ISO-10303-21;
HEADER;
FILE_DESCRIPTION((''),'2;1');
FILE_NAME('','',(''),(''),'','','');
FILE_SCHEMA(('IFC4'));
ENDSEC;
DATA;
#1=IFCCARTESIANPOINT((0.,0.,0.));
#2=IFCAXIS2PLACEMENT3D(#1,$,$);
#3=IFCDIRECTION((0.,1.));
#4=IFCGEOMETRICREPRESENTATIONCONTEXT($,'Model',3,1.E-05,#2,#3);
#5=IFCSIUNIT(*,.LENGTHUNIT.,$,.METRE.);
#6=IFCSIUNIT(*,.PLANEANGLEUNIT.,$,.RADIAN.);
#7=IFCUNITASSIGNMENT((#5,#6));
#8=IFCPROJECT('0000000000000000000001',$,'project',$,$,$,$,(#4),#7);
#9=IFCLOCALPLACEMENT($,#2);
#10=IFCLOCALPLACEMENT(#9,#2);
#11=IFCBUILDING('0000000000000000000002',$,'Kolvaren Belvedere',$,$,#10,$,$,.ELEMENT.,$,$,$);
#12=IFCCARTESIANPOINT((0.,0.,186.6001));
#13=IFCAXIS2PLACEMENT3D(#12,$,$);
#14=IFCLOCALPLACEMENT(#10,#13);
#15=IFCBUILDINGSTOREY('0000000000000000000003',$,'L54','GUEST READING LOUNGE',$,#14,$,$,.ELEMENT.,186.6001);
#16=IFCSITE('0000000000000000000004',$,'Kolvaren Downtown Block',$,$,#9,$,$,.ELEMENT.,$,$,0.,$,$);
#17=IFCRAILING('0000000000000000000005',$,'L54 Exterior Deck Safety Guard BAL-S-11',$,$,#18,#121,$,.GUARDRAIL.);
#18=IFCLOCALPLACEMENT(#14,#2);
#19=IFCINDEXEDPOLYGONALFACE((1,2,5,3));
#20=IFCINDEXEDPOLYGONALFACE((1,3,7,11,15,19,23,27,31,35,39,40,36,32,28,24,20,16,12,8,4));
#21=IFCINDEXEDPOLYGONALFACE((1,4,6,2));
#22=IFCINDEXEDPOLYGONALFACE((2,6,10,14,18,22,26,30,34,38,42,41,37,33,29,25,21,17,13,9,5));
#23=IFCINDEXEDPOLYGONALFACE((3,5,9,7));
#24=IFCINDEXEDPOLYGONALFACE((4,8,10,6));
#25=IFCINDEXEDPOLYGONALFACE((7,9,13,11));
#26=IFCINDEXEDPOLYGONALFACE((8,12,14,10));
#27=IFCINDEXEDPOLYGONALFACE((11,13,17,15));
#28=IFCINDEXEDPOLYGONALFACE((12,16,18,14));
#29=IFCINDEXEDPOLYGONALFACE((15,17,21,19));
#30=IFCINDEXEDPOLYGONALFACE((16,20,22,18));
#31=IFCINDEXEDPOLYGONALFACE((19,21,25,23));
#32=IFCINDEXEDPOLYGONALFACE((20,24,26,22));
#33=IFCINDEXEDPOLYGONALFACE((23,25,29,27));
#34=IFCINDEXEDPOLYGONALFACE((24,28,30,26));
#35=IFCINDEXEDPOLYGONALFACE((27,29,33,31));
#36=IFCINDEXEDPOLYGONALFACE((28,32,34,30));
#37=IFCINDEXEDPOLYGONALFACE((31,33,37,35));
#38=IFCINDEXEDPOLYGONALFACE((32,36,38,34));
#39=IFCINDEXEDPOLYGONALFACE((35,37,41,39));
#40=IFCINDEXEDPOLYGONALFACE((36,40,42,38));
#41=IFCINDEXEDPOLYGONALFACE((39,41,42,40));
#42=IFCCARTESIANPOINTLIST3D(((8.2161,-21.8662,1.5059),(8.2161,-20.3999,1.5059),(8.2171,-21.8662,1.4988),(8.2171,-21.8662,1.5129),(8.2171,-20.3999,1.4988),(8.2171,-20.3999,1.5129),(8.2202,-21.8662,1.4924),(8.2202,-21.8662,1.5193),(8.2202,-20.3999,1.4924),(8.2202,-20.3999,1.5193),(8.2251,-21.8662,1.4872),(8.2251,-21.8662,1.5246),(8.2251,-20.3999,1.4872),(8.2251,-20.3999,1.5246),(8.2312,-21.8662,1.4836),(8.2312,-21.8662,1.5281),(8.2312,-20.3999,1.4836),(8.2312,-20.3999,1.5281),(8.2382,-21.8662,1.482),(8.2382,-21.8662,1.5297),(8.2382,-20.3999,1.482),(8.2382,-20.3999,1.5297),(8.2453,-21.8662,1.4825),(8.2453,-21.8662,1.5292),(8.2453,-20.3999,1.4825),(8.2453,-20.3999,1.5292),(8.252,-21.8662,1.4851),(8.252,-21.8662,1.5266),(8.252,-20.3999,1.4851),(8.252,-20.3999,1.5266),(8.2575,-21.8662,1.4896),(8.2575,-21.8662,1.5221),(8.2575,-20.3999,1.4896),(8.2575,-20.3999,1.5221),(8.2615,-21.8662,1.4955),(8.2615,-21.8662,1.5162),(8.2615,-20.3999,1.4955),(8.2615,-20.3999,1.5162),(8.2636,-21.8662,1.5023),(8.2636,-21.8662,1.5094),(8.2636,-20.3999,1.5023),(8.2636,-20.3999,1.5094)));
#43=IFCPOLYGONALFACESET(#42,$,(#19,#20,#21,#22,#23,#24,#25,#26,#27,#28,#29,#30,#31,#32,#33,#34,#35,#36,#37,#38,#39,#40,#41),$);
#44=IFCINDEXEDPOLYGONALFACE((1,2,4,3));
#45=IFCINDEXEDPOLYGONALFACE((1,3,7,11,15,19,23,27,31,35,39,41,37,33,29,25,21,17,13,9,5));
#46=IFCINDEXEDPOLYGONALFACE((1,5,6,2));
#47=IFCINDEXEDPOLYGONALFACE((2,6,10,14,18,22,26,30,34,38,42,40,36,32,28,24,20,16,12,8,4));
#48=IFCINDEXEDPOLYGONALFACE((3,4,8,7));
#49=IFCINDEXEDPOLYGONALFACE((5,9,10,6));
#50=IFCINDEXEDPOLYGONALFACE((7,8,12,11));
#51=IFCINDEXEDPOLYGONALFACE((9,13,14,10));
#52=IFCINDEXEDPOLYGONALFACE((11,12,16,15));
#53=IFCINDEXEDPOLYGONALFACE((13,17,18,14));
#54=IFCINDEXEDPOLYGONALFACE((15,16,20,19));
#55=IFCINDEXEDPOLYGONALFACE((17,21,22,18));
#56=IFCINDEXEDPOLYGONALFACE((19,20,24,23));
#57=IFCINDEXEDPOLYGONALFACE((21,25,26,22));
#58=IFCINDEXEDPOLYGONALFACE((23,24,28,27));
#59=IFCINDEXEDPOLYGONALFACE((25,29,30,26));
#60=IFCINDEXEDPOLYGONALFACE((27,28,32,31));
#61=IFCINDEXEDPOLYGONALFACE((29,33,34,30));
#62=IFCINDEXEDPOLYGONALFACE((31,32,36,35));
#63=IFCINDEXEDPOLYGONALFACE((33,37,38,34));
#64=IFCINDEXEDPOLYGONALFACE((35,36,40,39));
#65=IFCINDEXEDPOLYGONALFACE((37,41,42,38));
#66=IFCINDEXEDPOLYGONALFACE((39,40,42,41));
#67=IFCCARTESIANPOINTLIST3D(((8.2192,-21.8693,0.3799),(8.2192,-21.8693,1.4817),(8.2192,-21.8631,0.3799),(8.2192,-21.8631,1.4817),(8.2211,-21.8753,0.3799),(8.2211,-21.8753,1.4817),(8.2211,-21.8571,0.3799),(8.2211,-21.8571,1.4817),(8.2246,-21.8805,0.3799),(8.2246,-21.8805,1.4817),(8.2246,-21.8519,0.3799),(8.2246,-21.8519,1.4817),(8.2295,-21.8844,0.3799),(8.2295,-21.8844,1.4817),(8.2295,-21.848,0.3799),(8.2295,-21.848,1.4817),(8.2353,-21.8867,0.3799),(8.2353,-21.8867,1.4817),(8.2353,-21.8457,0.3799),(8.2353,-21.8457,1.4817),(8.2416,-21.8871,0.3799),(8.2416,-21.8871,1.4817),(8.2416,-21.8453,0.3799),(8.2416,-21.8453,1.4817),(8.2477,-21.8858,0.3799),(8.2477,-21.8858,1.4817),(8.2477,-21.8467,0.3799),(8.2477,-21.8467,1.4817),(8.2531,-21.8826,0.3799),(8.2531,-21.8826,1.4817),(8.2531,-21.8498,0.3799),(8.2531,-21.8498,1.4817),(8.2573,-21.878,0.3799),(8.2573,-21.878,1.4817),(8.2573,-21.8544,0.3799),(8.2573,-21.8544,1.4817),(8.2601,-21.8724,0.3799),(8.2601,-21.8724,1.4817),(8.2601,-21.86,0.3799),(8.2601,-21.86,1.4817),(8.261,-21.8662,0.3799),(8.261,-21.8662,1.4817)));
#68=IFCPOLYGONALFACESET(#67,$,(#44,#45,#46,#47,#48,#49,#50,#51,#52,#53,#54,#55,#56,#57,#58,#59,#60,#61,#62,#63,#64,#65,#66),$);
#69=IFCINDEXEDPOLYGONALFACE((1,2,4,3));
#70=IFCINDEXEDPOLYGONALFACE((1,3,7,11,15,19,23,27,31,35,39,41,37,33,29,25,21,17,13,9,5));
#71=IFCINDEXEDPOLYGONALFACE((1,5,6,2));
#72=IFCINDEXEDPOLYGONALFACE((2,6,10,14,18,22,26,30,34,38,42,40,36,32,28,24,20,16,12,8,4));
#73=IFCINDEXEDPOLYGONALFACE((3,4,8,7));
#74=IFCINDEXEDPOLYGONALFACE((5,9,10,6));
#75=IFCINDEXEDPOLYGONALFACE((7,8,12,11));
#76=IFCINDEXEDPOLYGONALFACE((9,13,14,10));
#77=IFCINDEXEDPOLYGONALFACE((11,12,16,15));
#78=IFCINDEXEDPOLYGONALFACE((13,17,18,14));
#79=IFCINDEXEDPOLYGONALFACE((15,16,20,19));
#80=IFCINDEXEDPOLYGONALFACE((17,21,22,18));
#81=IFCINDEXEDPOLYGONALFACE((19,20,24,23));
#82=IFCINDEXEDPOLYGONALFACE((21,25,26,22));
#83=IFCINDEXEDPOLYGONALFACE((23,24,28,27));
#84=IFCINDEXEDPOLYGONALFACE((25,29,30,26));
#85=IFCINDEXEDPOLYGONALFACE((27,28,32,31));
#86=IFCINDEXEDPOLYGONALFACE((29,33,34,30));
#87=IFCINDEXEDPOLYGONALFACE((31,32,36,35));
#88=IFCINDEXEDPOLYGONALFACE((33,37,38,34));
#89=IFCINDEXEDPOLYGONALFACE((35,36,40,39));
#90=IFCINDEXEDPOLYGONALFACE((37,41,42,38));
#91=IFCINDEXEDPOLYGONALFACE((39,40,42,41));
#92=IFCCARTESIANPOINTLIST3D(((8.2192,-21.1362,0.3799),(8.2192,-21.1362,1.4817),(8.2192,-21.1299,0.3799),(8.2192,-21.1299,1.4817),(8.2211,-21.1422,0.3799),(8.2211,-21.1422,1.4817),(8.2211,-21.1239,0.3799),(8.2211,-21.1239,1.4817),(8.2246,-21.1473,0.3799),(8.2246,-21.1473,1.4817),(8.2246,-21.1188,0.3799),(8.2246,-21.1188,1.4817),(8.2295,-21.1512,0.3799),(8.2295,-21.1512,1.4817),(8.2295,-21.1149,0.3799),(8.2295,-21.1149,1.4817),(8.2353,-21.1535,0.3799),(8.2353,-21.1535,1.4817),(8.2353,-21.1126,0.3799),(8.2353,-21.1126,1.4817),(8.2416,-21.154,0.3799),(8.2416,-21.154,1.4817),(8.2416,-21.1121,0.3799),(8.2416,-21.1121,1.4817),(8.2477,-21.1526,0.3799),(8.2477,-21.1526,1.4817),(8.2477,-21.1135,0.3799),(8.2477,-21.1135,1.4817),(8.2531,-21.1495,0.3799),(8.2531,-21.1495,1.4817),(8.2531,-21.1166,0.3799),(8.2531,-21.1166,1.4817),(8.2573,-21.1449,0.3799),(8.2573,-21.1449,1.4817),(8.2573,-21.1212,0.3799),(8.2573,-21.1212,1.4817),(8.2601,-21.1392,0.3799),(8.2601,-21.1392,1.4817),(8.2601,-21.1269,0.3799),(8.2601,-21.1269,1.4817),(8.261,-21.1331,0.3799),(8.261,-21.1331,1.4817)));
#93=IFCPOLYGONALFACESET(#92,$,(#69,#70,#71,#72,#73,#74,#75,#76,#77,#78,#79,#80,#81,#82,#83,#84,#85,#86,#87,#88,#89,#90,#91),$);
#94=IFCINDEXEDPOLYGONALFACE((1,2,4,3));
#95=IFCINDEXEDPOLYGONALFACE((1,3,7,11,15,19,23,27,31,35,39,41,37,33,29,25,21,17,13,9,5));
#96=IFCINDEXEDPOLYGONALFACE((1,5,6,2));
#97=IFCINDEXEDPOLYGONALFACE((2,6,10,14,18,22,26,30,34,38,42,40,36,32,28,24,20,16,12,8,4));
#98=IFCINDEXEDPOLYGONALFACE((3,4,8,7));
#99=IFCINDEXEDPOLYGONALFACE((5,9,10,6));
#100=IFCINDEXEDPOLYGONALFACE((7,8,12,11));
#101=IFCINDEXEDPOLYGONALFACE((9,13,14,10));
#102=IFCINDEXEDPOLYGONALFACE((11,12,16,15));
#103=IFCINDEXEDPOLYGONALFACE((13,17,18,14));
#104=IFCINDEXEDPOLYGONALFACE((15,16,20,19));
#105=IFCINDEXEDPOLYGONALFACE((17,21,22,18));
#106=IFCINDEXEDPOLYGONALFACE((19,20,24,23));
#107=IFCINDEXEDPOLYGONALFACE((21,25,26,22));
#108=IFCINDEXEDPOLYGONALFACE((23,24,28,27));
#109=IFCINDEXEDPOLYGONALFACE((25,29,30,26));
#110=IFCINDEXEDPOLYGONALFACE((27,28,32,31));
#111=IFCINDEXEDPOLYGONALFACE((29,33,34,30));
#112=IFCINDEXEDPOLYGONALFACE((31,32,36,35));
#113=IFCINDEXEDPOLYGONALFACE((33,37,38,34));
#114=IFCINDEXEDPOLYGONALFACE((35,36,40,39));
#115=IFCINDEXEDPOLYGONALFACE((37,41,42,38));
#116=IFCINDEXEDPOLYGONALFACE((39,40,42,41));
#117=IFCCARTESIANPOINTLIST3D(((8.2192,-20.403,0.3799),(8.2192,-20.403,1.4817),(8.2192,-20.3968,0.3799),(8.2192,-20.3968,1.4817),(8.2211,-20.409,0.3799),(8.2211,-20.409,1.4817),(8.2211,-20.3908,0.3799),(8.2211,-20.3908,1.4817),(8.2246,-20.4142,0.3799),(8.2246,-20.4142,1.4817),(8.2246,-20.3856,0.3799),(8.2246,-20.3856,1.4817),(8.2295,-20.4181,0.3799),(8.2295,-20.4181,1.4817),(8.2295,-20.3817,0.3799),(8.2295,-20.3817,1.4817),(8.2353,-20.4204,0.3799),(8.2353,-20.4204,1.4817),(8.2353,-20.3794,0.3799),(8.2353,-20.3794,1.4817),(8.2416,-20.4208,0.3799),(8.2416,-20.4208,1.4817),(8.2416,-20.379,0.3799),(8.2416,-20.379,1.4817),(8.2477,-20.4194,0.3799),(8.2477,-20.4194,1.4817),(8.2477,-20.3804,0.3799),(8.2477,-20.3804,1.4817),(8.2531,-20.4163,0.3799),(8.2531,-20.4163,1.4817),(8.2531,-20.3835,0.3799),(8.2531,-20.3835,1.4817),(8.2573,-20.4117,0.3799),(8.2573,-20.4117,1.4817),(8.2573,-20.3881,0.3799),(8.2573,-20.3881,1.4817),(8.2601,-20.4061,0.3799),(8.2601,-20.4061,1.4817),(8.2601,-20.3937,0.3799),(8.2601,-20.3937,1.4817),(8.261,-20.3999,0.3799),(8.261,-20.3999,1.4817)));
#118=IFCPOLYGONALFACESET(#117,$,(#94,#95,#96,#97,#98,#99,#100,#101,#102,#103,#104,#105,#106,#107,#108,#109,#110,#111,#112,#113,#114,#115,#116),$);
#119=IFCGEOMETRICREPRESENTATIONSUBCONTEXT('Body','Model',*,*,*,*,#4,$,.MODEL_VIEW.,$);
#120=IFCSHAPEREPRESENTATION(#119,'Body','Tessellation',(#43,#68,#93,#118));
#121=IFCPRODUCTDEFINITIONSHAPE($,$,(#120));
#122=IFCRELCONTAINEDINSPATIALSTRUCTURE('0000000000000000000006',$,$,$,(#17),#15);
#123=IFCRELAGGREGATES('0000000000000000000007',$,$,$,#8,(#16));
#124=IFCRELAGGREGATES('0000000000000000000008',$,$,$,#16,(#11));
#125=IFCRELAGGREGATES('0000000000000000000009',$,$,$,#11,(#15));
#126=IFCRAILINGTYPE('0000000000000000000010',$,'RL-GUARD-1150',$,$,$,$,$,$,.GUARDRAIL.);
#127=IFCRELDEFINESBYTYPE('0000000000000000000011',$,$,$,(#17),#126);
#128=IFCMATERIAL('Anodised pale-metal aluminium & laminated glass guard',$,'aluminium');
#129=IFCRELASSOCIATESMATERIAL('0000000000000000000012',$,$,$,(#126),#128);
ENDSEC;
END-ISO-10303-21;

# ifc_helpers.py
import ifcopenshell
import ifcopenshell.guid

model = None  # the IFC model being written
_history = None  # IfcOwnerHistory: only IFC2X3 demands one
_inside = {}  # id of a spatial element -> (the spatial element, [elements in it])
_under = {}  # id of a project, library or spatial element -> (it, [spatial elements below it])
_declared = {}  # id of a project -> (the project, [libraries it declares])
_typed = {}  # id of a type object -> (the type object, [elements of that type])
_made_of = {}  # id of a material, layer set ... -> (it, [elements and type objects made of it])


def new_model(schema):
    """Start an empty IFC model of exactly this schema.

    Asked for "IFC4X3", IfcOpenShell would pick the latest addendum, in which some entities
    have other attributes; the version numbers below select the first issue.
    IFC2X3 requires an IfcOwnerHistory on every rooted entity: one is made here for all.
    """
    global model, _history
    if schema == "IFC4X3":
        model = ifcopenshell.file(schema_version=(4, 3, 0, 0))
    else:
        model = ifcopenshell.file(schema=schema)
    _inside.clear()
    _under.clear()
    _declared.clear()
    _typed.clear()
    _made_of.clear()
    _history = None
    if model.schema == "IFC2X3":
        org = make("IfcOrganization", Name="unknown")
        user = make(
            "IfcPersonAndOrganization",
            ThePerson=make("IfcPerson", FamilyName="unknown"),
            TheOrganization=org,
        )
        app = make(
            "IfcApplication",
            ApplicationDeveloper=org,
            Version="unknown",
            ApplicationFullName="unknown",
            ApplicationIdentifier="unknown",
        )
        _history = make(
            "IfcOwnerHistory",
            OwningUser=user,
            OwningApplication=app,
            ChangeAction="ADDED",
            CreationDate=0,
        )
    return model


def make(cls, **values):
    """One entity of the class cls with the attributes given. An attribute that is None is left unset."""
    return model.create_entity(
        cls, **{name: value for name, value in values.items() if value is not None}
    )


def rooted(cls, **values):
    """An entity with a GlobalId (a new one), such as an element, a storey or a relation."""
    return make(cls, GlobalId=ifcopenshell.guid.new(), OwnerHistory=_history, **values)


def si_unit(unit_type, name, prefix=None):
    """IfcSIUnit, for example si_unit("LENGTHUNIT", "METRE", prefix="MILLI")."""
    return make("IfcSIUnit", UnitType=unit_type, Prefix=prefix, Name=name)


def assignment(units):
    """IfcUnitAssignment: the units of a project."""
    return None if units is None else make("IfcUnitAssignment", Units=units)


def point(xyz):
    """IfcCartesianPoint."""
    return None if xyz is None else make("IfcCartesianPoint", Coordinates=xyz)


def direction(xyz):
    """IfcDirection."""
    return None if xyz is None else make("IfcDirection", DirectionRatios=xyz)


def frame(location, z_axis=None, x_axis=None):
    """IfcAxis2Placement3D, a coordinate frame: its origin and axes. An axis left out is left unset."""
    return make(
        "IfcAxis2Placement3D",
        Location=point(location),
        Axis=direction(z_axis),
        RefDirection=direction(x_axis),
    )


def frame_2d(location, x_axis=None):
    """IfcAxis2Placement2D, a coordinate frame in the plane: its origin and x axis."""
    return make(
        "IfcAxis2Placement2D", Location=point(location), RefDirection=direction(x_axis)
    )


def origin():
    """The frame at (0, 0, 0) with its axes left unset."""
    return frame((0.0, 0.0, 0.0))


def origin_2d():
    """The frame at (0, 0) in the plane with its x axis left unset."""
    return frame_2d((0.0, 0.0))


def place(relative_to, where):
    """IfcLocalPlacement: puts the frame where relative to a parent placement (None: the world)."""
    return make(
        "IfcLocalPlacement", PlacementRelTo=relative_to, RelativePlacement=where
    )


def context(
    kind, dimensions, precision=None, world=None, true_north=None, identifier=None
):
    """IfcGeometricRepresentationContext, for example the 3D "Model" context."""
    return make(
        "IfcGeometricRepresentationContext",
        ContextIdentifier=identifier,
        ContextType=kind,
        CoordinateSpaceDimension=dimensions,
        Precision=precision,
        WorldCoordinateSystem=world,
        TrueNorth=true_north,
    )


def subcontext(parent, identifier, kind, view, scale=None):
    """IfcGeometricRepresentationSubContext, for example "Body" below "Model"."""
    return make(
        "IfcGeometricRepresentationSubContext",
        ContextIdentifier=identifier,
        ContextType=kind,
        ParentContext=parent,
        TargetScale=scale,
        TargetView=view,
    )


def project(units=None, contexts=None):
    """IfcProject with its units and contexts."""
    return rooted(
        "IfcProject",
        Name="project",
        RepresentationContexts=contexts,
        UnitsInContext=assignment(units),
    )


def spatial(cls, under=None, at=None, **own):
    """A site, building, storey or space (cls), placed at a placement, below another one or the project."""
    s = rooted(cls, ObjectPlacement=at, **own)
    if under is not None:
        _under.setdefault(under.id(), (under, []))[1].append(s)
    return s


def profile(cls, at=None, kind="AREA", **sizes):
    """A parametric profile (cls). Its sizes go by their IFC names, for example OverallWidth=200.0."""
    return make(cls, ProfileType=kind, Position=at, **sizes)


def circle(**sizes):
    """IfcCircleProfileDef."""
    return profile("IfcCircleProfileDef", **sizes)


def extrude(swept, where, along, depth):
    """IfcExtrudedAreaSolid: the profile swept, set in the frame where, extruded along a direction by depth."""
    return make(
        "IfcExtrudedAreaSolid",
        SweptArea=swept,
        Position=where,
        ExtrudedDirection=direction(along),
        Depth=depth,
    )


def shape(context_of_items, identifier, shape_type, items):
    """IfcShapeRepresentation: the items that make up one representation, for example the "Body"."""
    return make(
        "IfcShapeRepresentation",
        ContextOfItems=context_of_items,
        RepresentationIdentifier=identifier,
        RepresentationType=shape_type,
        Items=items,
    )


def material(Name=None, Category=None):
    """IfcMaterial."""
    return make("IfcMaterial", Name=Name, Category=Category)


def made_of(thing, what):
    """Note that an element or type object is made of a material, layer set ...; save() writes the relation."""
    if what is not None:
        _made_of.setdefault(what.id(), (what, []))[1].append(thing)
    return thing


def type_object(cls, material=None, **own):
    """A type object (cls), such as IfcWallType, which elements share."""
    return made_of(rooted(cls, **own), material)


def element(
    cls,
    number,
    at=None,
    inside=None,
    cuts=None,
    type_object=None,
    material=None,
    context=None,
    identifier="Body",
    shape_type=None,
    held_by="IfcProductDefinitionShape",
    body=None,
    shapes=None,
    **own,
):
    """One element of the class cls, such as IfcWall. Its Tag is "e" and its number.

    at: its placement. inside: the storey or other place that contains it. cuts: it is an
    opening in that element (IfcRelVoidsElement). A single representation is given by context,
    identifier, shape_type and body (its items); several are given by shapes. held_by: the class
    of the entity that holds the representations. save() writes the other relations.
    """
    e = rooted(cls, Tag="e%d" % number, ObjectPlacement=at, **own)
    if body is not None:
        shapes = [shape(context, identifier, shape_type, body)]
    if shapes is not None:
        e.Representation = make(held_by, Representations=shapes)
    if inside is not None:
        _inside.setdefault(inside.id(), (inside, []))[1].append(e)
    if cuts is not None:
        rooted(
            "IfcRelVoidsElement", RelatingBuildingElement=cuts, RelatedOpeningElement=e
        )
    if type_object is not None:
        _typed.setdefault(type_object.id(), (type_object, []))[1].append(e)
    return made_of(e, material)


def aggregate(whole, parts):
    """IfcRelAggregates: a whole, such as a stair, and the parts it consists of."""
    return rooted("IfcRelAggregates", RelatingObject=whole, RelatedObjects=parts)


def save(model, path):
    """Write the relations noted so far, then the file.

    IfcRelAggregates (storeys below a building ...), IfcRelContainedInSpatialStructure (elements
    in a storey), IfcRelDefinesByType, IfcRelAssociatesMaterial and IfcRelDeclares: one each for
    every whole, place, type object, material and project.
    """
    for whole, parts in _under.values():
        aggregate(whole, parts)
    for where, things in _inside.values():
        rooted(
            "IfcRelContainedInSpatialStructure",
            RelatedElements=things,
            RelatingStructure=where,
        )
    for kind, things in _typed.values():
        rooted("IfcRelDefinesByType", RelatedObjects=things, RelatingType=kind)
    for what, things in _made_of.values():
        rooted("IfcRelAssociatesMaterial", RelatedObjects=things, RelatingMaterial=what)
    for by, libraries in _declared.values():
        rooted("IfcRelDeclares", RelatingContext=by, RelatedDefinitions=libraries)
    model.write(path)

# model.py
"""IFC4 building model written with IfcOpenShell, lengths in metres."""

from ifc_helpers import new_model, si_unit, direction, frame, origin, origin_2d, place, context, subcontext, project, spatial, circle, extrude, material, type_object, element, save


model = new_model("IFC4")

# Units and contexts
model_context = context("Model", 3, precision=1e-05, world=origin(), true_north=direction((0.0, 1.0)))
body_context = subcontext(model_context, "Body", "Model", "MODEL_VIEW")
ifc_project = project(units=[si_unit("LENGTHUNIT", "METRE"), si_unit("PLANEANGLEUNIT", "RADIAN")], contexts=[model_context])

# Site, building, storey
site_placement = place(None, origin())
site = spatial("IfcSite", under=ifc_project, at=site_placement, Name="Kolvaren Downtown Block", CompositionType="ELEMENT", RefElevation=0.0)
building_placement = place(site_placement, origin())
building = spatial("IfcBuilding", under=site, at=building_placement, Name="Kolvaren Belvedere", CompositionType="ELEMENT")
storey_placement = place(building_placement, frame((0.0, 0.0, 186.6001)))
storey = spatial("IfcBuildingStorey", under=building, at=storey_placement, Name="L54", Description="GUEST READING LOUNGE", CompositionType="ELEMENT", Elevation=186.6001)

# Railing
ifc_material_1 = material(Name="Anodised pale-metal aluminium & laminated glass guard", Category="aluminium")
railing_type = type_object("IfcRailingType", Name="RL-GUARD-1150", PredefinedType="GUARDRAIL", material=ifc_material_1)
railing_placement = place(storey_placement, frame((8.24, -21.8662, 0.3799)))
element("IfcRailing", 1, at=railing_placement, inside=storey, type_object=railing_type, Name="L54 Exterior Deck Safety Guard BAL-S-11", PredefinedType="GUARDRAIL", context=body_context, shape_type="SweptSolid", body=[
    extrude(circle(Radius=0.0239, at=origin_2d()), frame((0.0, 0.0, 1.126), z_axis=(0.0, 1.0, 0.0), x_axis=(-1.0, 0.0, 0.0)), (0.0, 0.0, 1.0), 1.4663),
    extrude(circle(Radius=0.021, at=origin_2d()), origin(), (0.0, 0.0, 1.0), 1.1018),
    extrude(circle(Radius=0.021, at=origin_2d()), frame((0.0, 0.7332, 0.0)), (0.0, 0.0, 1.0), 1.1018),
    extrude(circle(Radius=0.021, at=origin_2d()), frame((0.0, 1.4663, 0.0)), (0.0, 0.0, 1.0), 1.1018),
])

save(model, "model.ifc")
